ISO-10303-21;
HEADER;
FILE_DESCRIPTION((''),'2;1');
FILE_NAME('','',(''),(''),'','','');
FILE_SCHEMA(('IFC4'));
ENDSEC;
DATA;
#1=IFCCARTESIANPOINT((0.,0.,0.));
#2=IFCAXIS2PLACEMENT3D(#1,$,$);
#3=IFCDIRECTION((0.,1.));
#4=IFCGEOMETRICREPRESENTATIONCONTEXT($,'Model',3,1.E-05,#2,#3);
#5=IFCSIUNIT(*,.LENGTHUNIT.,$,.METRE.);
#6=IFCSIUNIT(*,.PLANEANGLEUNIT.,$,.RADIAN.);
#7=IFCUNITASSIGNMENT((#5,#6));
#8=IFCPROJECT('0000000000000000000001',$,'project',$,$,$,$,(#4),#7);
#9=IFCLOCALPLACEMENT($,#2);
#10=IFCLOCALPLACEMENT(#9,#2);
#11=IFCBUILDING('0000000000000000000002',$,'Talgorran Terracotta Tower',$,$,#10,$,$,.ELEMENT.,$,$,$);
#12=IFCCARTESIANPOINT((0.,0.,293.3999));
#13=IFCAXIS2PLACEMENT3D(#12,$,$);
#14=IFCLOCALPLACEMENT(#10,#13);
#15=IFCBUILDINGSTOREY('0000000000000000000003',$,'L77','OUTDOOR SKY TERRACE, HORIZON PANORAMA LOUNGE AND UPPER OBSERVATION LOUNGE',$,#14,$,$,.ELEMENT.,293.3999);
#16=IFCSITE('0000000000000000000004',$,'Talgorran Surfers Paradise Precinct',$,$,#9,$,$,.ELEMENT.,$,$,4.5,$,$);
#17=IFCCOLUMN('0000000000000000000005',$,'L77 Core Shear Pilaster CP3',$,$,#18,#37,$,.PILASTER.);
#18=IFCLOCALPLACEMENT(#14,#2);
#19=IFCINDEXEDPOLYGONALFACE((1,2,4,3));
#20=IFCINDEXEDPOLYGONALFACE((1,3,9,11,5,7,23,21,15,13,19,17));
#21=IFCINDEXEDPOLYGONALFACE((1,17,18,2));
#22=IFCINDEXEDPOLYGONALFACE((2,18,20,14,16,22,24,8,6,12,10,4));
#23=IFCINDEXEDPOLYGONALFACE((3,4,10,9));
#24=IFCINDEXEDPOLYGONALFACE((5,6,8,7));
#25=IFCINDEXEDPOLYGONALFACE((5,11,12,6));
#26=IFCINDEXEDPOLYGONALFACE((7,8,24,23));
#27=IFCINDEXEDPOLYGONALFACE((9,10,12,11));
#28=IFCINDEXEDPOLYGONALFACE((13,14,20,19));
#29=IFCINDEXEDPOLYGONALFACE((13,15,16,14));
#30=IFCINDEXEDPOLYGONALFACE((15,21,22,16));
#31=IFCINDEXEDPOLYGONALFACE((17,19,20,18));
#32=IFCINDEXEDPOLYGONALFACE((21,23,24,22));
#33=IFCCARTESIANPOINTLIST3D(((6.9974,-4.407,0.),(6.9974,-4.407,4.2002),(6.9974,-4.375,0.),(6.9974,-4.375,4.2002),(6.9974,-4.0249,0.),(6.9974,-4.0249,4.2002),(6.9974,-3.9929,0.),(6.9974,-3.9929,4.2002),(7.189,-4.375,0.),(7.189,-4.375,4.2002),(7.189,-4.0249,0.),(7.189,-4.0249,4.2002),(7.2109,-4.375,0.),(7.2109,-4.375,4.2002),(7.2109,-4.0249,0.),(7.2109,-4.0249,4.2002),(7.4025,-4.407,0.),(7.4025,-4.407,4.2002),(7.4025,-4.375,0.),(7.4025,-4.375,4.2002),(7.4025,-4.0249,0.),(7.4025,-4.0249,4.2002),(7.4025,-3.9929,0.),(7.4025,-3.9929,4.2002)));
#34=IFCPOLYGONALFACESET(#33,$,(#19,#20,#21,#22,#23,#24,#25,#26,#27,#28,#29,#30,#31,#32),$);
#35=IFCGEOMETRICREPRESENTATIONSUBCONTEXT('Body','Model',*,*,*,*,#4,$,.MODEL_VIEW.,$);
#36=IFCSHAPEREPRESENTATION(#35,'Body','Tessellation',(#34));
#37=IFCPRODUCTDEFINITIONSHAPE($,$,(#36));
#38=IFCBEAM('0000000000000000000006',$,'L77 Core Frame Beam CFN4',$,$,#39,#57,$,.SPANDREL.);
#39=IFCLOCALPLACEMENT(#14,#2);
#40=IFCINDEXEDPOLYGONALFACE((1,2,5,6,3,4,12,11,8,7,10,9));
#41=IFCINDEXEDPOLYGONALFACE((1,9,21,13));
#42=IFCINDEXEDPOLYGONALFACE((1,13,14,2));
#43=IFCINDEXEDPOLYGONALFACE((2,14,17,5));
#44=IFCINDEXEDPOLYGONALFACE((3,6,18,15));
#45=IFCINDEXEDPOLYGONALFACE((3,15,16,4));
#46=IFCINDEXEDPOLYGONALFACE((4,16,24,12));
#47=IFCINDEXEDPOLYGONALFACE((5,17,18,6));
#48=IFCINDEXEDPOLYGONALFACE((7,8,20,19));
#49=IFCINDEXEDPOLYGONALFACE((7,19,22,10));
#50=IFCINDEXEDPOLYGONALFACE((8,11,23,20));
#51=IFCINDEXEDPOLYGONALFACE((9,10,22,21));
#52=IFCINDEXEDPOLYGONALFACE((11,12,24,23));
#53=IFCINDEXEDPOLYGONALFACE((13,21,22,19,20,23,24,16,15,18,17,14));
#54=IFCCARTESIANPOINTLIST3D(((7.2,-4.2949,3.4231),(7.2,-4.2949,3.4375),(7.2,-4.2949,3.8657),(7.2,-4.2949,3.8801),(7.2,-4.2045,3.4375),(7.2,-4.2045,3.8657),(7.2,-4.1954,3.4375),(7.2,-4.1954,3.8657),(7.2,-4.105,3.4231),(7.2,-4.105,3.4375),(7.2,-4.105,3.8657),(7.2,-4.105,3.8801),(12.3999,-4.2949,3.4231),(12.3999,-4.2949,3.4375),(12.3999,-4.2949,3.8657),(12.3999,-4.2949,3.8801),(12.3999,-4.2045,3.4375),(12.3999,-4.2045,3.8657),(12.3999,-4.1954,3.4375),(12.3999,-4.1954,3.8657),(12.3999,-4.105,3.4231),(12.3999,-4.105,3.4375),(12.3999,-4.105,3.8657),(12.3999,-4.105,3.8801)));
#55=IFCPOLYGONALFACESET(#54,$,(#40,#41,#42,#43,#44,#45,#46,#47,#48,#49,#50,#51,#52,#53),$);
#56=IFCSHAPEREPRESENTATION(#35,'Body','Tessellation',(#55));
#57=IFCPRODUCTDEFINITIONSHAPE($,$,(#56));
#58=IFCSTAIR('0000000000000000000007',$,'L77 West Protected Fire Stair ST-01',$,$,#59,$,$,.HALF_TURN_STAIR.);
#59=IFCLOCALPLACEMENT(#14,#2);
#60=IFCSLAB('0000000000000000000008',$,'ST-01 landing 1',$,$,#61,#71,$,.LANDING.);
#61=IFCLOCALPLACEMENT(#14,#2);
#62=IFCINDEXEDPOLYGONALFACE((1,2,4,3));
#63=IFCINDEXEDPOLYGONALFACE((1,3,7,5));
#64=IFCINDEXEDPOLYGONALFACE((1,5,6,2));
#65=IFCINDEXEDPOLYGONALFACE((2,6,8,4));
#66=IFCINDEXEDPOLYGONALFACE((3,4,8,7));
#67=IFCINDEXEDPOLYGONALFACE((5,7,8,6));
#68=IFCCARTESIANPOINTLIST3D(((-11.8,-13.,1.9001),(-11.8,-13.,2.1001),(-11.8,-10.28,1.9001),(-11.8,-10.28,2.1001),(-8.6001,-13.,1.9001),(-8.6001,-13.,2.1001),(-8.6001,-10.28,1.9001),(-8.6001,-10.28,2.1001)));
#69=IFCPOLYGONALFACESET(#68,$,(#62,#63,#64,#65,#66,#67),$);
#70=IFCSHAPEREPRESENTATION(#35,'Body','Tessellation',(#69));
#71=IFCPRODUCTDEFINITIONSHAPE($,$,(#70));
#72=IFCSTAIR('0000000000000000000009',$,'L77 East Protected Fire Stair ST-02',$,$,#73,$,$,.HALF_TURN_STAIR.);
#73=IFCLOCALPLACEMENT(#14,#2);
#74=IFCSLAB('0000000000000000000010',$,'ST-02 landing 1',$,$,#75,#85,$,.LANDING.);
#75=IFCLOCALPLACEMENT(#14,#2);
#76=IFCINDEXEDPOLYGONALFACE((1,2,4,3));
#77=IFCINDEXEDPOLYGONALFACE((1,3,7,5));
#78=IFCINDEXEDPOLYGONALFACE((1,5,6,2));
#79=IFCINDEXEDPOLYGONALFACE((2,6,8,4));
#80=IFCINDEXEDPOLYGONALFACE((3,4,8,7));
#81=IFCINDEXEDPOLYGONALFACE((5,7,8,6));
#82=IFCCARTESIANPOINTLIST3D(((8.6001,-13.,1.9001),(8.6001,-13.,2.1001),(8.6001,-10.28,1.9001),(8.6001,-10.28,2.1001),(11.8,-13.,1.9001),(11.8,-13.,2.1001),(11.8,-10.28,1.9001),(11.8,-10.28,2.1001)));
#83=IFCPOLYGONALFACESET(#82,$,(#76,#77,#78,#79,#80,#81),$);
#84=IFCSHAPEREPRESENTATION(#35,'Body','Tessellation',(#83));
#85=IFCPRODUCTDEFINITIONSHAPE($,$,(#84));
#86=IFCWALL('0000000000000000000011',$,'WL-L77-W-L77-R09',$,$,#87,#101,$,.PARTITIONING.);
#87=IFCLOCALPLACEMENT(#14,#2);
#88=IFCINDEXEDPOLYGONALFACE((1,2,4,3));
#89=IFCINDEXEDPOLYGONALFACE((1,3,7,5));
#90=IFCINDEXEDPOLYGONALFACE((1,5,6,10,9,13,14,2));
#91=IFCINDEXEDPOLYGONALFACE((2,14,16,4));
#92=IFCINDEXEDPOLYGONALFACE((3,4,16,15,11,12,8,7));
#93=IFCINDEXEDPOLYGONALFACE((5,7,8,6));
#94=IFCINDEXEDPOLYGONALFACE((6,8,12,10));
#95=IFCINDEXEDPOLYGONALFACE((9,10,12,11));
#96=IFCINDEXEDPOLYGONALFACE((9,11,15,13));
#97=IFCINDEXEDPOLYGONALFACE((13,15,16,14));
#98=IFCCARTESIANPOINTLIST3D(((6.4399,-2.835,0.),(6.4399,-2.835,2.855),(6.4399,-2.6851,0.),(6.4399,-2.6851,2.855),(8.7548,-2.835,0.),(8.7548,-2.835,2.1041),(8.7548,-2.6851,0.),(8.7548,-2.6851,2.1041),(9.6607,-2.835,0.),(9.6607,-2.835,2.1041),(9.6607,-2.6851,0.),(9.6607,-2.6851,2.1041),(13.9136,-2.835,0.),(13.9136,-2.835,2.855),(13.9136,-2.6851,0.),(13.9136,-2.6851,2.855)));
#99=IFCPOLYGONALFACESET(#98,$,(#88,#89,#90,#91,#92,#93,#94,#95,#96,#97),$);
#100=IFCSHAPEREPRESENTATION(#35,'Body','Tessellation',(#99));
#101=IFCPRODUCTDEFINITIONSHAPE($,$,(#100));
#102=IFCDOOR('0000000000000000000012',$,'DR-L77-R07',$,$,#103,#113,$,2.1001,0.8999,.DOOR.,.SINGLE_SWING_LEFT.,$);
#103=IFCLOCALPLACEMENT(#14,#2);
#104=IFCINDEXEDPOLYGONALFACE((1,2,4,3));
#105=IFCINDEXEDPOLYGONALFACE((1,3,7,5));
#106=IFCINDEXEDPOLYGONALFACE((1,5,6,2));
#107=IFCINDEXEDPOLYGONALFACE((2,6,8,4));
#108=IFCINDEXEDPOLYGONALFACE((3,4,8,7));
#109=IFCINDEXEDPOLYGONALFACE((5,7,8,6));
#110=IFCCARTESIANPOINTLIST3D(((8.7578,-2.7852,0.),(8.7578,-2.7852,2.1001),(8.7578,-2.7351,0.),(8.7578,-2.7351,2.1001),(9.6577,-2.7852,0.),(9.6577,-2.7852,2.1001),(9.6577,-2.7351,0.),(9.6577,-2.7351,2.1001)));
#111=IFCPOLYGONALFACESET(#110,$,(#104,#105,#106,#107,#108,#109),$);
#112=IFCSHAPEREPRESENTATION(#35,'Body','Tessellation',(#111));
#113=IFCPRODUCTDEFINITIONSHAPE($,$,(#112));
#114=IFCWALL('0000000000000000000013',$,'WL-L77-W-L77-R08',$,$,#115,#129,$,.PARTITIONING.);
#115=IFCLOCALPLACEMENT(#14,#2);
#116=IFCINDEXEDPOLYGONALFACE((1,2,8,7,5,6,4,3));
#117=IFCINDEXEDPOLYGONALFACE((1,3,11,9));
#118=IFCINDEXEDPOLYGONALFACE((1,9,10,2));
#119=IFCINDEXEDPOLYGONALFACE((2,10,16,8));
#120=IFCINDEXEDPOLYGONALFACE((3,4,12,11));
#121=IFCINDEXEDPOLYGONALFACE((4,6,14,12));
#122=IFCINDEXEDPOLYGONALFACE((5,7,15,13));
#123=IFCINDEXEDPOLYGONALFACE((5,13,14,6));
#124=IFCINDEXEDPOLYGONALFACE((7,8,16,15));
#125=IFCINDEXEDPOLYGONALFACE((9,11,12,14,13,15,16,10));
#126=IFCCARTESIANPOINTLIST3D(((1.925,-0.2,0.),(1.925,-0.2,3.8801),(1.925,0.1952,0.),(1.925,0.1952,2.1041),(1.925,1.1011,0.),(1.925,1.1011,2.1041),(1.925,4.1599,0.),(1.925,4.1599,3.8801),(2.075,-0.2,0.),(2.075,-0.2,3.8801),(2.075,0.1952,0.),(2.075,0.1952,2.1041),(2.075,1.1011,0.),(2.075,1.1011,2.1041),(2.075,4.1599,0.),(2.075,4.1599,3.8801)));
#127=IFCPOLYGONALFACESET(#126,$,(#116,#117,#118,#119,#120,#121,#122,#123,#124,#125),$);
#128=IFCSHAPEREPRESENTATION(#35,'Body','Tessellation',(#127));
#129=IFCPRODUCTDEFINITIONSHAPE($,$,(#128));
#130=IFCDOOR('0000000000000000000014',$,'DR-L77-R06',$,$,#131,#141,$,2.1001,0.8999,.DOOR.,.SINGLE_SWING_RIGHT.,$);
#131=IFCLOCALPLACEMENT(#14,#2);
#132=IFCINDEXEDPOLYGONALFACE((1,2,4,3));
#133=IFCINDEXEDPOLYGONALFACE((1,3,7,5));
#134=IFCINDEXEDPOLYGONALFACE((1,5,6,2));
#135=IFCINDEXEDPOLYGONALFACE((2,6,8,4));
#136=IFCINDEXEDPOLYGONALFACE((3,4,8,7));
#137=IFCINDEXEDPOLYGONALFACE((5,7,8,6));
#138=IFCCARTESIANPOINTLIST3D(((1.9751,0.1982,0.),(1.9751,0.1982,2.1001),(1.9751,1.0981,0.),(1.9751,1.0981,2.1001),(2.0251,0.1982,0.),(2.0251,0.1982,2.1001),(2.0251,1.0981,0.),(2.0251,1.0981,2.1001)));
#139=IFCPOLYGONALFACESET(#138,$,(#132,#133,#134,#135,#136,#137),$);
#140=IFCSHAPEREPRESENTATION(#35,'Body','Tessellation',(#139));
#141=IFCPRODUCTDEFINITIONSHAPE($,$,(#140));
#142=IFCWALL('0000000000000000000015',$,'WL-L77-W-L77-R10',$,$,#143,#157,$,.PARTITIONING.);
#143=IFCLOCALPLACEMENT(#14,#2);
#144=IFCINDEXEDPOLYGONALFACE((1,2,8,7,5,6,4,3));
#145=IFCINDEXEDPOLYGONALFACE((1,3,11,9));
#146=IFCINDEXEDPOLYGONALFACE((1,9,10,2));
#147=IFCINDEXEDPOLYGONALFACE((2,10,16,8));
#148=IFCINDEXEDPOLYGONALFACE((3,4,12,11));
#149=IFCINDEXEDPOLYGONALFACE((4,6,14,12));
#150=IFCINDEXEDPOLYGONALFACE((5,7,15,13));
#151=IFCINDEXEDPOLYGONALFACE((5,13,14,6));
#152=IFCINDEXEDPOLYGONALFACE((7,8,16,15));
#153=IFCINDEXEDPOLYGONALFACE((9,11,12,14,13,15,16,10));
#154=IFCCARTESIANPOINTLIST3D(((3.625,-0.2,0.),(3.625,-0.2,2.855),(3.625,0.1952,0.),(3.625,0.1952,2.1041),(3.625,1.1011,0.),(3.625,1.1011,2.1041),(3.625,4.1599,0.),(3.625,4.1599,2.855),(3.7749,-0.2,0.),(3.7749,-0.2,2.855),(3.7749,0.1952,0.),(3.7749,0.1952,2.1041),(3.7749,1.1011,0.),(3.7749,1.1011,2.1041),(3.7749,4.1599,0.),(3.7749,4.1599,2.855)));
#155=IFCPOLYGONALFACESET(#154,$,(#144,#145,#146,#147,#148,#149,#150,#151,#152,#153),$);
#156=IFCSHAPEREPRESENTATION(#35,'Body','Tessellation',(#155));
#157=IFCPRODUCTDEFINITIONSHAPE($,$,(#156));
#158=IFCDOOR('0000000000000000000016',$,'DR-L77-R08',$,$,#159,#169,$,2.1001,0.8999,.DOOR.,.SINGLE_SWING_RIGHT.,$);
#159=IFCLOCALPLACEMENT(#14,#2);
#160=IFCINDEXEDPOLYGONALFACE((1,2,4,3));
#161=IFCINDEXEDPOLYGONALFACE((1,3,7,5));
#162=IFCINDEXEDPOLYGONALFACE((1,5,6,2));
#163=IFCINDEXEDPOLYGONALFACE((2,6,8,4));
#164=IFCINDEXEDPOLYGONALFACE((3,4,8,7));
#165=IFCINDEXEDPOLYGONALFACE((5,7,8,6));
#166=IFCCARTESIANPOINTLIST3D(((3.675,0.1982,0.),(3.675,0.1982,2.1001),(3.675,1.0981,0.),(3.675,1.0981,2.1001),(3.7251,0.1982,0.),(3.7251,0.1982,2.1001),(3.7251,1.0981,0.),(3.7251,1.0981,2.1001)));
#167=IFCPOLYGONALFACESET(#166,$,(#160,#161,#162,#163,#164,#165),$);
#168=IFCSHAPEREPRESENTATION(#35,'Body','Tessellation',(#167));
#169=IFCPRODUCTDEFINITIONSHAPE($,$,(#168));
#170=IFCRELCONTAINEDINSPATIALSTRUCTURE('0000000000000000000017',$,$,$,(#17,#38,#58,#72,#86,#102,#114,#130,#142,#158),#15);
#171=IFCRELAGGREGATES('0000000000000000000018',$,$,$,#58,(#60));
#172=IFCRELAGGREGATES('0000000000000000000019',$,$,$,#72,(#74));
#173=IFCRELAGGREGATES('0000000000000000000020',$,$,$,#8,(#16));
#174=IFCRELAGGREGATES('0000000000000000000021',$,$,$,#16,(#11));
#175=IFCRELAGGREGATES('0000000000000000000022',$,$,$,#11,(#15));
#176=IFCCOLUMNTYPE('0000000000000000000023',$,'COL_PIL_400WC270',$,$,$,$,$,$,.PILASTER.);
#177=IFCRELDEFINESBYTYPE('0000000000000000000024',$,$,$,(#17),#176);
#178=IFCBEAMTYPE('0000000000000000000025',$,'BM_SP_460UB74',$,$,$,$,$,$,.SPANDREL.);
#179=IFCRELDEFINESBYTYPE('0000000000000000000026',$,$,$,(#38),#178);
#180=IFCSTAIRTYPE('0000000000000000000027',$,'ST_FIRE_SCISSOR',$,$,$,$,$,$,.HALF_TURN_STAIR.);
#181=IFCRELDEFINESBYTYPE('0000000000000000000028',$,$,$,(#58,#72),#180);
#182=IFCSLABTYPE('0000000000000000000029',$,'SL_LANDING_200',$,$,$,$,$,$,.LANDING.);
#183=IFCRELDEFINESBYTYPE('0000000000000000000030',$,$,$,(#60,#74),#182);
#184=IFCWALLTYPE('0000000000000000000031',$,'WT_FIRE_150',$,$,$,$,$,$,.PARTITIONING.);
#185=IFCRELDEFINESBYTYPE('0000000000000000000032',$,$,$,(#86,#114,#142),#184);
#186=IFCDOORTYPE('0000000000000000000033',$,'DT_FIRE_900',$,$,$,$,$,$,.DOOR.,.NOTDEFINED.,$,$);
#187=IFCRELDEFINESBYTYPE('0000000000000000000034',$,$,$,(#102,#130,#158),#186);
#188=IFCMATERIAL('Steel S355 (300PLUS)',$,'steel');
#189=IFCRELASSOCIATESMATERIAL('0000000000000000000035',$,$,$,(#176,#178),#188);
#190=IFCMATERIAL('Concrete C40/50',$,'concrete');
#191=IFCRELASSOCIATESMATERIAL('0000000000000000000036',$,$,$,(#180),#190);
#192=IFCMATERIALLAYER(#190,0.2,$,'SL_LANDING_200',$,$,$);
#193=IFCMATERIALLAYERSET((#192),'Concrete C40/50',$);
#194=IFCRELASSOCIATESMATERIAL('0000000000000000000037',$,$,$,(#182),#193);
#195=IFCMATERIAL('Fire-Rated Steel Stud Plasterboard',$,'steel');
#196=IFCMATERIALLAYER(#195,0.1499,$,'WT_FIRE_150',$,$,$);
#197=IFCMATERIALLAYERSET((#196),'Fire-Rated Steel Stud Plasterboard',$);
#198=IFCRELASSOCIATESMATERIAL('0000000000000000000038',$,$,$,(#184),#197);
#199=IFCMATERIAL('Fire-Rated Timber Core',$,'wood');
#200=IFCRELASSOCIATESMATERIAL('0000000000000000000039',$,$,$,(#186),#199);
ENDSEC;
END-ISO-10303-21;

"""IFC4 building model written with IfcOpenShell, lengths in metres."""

from ifc_helpers import new_model, si_unit, direction, frame, frame_2d, origin, origin_2d, place, context, subcontext, project, spatial, polyline, rectangle, i_section, outline, extrude, material, layer, layer_set, material_profile, profile_set, type_object, element, fill, aggregate, save


model = new_model("IFC4")

# Units and contexts
model_context = context("Model", 3, precision=1e-05, world=origin(), true_north=direction((0.0, 1.0)))
body_context = subcontext(model_context, "Body", "Model", "MODEL_VIEW")
ifc_project = project(units=[si_unit("LENGTHUNIT", "METRE"), si_unit("PLANEANGLEUNIT", "RADIAN")], contexts=[model_context])

# Site, building, storey
site_placement = place(None, origin())
site = spatial("IfcSite", under=ifc_project, at=site_placement, Name="Talgorran Surfers Paradise Precinct", CompositionType="ELEMENT", RefElevation=4.5)
building_placement = place(site_placement, origin())
building = spatial("IfcBuilding", under=site, at=building_placement, Name="Talgorran Terracotta Tower", CompositionType="ELEMENT")
storey_placement = place(building_placement, frame((0.0, 0.0, 293.3999)))
storey = spatial("IfcBuildingStorey", under=building, at=storey_placement, Name="L77", Description="OUTDOOR SKY TERRACE, HORIZON PANORAMA LOUNGE AND UPPER OBSERVATION LOUNGE", CompositionType="ELEMENT", Elevation=293.3999)

# Column
ifc_material_1 = material(Name="Steel S355 (300PLUS)", Category="steel")
ifc_material_profile_1 = material_profile(ifc_material_1, i_section(OverallWidth=0.405, OverallDepth=0.4141, WebThickness=0.022, FlangeThickness=0.032, at=origin_2d()), Name="400WC270")
ifc_profile_set_1 = profile_set([ifc_material_profile_1], Name="Steel S355 (300PLUS)")
column_type = type_object("IfcColumnType", Name="COL_PIL_400WC270", PredefinedType="PILASTER", material=ifc_profile_set_1)
column_placement = place(storey_placement, frame((7.2, -4.2, 0.0), z_axis=(0.0, 0.0, 1.0), x_axis=(1.0, 0.0, 0.0)))
element("IfcColumn", 1, at=column_placement, inside=storey, type_object=column_type, Name="L77 Core Shear Pilaster CP3", PredefinedType="PILASTER", context=body_context, shape_type="SweptSolid", body=[
    extrude(i_section(OverallWidth=0.405, OverallDepth=0.4141, WebThickness=0.022, FlangeThickness=0.032, at=origin_2d()), origin(), (0.0, 0.0, 1.0), 4.2002),
])

# Beam
ifc_material_profile_2 = material_profile(ifc_material_1, i_section(OverallWidth=0.1899, OverallDepth=0.457, WebThickness=0.009, FlangeThickness=0.0144, at=origin_2d()), Name="460UB74.6")
ifc_profile_set_2 = profile_set([ifc_material_profile_2], Name="Steel S355 (300PLUS)")
beam_type = type_object("IfcBeamType", Name="BM_SP_460UB74", PredefinedType="SPANDREL", material=ifc_profile_set_2)
beam_placement = place(storey_placement, frame((7.2, -4.2, 3.6516), z_axis=(1.0, 0.0, 0.0), x_axis=(0.0, 1.0, 0.0)))
element("IfcBeam", 2, at=beam_placement, inside=storey, type_object=beam_type, Name="L77 Core Frame Beam CFN4", PredefinedType="SPANDREL", context=body_context, shape_type="SweptSolid", body=[
    extrude(i_section(OverallWidth=0.1899, OverallDepth=0.457, WebThickness=0.009, FlangeThickness=0.0144, at=origin_2d()), origin(), (0.0, 0.0, 1.0), 5.2),
])

# Stairs, slabs
ifc_material_2 = material(Name="Concrete C40/50", Category="concrete")
stair_type = type_object("IfcStairType", Name="ST_FIRE_SCISSOR", PredefinedType="HALF_TURN_STAIR", material=ifc_material_2)
stair_1_placement = place(storey_placement, origin())
stair_1 = element("IfcStair", 3, at=stair_1_placement, inside=storey, type_object=stair_type, Name="L77 West Protected Fire Stair ST-01", PredefinedType="HALF_TURN_STAIR")
ifc_layer_1 = layer(ifc_material_2, 0.2, Name="SL_LANDING_200")
ifc_layer_set_1 = layer_set([ifc_layer_1], Name="Concrete C40/50")
slab_type = type_object("IfcSlabType", Name="SL_LANDING_200", PredefinedType="LANDING", material=ifc_layer_set_1)
slab_1_placement = place(storey_placement, frame((0.0, 0.0, 1.9001)))
slab_1 = element("IfcSlab", 4, at=slab_1_placement, type_object=slab_type, Name="ST-01 landing 1", PredefinedType="LANDING", context=body_context, shape_type="SweptSolid", body=[
    extrude(outline(polyline([(-11.8, -10.28), (-11.8, -13.0), (-8.6001, -13.0), (-8.6001, -10.28), (-11.8, -10.28)])), origin(), (0.0, 0.0, 1.0), 0.2),
])
aggregate(stair_1, [slab_1])
stair_2_placement = place(storey_placement, origin())
stair_2 = element("IfcStair", 5, at=stair_2_placement, inside=storey, type_object=stair_type, Name="L77 East Protected Fire Stair ST-02", PredefinedType="HALF_TURN_STAIR")
slab_2_placement = place(storey_placement, frame((0.0, 0.0, 1.9001)))
slab_2 = element("IfcSlab", 6, at=slab_2_placement, type_object=slab_type, Name="ST-02 landing 1", PredefinedType="LANDING", context=body_context, shape_type="SweptSolid", body=[
    extrude(outline(polyline([(8.6001, -10.28), (8.6001, -13.0), (11.8, -13.0), (11.8, -10.28), (8.6001, -10.28)])), origin(), (0.0, 0.0, 1.0), 0.2),
])
aggregate(stair_2, [slab_2])

# Walls, openings, doors
ifc_material_3 = material(Name="Fire-Rated Steel Stud Plasterboard", Category="steel")
ifc_layer_2 = layer(ifc_material_3, 0.1499, Name="WT_FIRE_150")
ifc_layer_set_2 = layer_set([ifc_layer_2], Name="Fire-Rated Steel Stud Plasterboard")
wall_type_1 = type_object("IfcWallType", Name="WT_FIRE_150", PredefinedType="PARTITIONING", material=ifc_layer_set_2)
wall_1_placement = place(storey_placement, frame((6.4399, -2.76, 0.0), z_axis=(0.0, 0.0, 1.0), x_axis=(1.0, 0.0, 0.0)))
wall_1 = element("IfcWall", 7, at=wall_1_placement, inside=storey, type_object=wall_type_1, Name="WL-L77-W-L77-R09", PredefinedType="PARTITIONING", context=body_context, shape_type="SweptSolid", body=[
    extrude(rectangle(XDim=7.4736, YDim=0.1499, at=frame_2d((3.7368, 0.0))), origin(), (0.0, 0.0, 1.0), 2.855),
])
opening_1_placement = place(wall_1_placement, frame((2.3179, 0.0, 0.0)))
opening_1 = element("IfcOpeningElement", 8, at=opening_1_placement, cuts=wall_1, PredefinedType="OPENING", context=body_context, shape_type="SweptSolid", body=[
    extrude(rectangle(XDim=0.9059, YDim=2.1041, at=frame_2d((0.45, 1.052))), frame((0.0, 0.085, 0.0), z_axis=(0.0, -1.0, 0.0), x_axis=(1.0, 0.0, 0.0)), (0.0, 0.0, 1.0), 0.1699),
])
ifc_material_4 = material(Name="Fire-Rated Timber Core", Category="wood")
door_type = type_object("IfcDoorType", Name="DT_FIRE_900", OperationType="NOTDEFINED", PredefinedType="DOOR", material=ifc_material_4)
door_1_placement = place(opening_1_placement, origin())
door_1 = element("IfcDoor", 9, at=door_1_placement, inside=storey, type_object=door_type, Name="DR-L77-R07", OperationType="SINGLE_SWING_LEFT", OverallHeight=2.1001, OverallWidth=0.8999, PredefinedType="DOOR", context=body_context, shape_type="SweptSolid", body=[
    extrude(rectangle(XDim=0.8999, YDim=2.1001, at=frame_2d((0.45, 1.05))), frame((0.0, 0.0249, 0.0), z_axis=(0.0, -1.0, 0.0), x_axis=(1.0, 0.0, 0.0)), (0.0, 0.0, 1.0), 0.05),
])
fill(opening_1, door_1)
wall_2_placement = place(storey_placement, frame((2.0, -0.2, 0.0), z_axis=(0.0, 0.0, 1.0), x_axis=(0.0, 1.0, 0.0)))
wall_2 = element("IfcWall", 10, at=wall_2_placement, inside=storey, type_object=wall_type_1, Name="WL-L77-W-L77-R08", PredefinedType="PARTITIONING", context=body_context, shape_type="SweptSolid", body=[
    extrude(rectangle(XDim=4.3599, YDim=0.1499, at=frame_2d((2.1799, 0.0))), origin(), (0.0, 0.0, 1.0), 3.8801),
])
opening_2_placement = place(wall_2_placement, frame((0.3982, 0.0, 0.0)))
opening_2 = element("IfcOpeningElement", 11, at=opening_2_placement, cuts=wall_2, PredefinedType="OPENING", context=body_context, shape_type="SweptSolid", body=[
    extrude(rectangle(XDim=0.9059, YDim=2.1041, at=frame_2d((0.45, 1.052))), frame((0.0, 0.085, 0.0), z_axis=(0.0, -1.0, 0.0), x_axis=(1.0, 0.0, 0.0)), (0.0, 0.0, 1.0), 0.1699),
])
door_2_placement = place(opening_2_placement, origin())
door_2 = element("IfcDoor", 12, at=door_2_placement, inside=storey, type_object=door_type, Name="DR-L77-R06", OperationType="SINGLE_SWING_RIGHT", OverallHeight=2.1001, OverallWidth=0.8999, PredefinedType="DOOR", context=body_context, shape_type="SweptSolid", body=[
    extrude(rectangle(XDim=0.8999, YDim=2.1001, at=frame_2d((0.45, 1.05))), frame((0.0, 0.0249, 0.0), z_axis=(0.0, -1.0, 0.0), x_axis=(1.0, 0.0, 0.0)), (0.0, 0.0, 1.0), 0.05),
])
fill(opening_2, door_2)
wall_3_placement = place(storey_placement, frame((3.7, -0.2, 0.0), z_axis=(0.0, 0.0, 1.0), x_axis=(0.0, 1.0, 0.0)))
wall_3 = element("IfcWall", 13, at=wall_3_placement, inside=storey, type_object=wall_type_1, Name="WL-L77-W-L77-R10", PredefinedType="PARTITIONING", context=body_context, shape_type="SweptSolid", body=[
    extrude(rectangle(XDim=4.3599, YDim=0.1499, at=frame_2d((2.1799, 0.0))), origin(), (0.0, 0.0, 1.0), 2.855),
])
opening_3_placement = place(wall_3_placement, frame((0.3982, 0.0, 0.0)))
opening_3 = element("IfcOpeningElement", 14, at=opening_3_placement, cuts=wall_3, PredefinedType="OPENING", context=body_context, shape_type="SweptSolid", body=[
    extrude(rectangle(XDim=0.9059, YDim=2.1041, at=frame_2d((0.45, 1.052))), frame((0.0, 0.085, 0.0), z_axis=(0.0, -1.0, 0.0), x_axis=(1.0, 0.0, 0.0)), (0.0, 0.0, 1.0), 0.1699),
])
door_3_placement = place(opening_3_placement, origin())
door_3 = element("IfcDoor", 15, at=door_3_placement, inside=storey, type_object=door_type, Name="DR-L77-R08", OperationType="SINGLE_SWING_RIGHT", OverallHeight=2.1001, OverallWidth=0.8999, PredefinedType="DOOR", context=body_context, shape_type="SweptSolid", body=[
    extrude(rectangle(XDim=0.8999, YDim=2.1001, at=frame_2d((0.45, 1.05))), frame((0.0, 0.0249, 0.0), z_axis=(0.0, -1.0, 0.0), x_axis=(1.0, 0.0, 0.0)), (0.0, 0.0, 1.0), 0.05),
])
fill(opening_3, door_3)

save(model, "model.ifc")
